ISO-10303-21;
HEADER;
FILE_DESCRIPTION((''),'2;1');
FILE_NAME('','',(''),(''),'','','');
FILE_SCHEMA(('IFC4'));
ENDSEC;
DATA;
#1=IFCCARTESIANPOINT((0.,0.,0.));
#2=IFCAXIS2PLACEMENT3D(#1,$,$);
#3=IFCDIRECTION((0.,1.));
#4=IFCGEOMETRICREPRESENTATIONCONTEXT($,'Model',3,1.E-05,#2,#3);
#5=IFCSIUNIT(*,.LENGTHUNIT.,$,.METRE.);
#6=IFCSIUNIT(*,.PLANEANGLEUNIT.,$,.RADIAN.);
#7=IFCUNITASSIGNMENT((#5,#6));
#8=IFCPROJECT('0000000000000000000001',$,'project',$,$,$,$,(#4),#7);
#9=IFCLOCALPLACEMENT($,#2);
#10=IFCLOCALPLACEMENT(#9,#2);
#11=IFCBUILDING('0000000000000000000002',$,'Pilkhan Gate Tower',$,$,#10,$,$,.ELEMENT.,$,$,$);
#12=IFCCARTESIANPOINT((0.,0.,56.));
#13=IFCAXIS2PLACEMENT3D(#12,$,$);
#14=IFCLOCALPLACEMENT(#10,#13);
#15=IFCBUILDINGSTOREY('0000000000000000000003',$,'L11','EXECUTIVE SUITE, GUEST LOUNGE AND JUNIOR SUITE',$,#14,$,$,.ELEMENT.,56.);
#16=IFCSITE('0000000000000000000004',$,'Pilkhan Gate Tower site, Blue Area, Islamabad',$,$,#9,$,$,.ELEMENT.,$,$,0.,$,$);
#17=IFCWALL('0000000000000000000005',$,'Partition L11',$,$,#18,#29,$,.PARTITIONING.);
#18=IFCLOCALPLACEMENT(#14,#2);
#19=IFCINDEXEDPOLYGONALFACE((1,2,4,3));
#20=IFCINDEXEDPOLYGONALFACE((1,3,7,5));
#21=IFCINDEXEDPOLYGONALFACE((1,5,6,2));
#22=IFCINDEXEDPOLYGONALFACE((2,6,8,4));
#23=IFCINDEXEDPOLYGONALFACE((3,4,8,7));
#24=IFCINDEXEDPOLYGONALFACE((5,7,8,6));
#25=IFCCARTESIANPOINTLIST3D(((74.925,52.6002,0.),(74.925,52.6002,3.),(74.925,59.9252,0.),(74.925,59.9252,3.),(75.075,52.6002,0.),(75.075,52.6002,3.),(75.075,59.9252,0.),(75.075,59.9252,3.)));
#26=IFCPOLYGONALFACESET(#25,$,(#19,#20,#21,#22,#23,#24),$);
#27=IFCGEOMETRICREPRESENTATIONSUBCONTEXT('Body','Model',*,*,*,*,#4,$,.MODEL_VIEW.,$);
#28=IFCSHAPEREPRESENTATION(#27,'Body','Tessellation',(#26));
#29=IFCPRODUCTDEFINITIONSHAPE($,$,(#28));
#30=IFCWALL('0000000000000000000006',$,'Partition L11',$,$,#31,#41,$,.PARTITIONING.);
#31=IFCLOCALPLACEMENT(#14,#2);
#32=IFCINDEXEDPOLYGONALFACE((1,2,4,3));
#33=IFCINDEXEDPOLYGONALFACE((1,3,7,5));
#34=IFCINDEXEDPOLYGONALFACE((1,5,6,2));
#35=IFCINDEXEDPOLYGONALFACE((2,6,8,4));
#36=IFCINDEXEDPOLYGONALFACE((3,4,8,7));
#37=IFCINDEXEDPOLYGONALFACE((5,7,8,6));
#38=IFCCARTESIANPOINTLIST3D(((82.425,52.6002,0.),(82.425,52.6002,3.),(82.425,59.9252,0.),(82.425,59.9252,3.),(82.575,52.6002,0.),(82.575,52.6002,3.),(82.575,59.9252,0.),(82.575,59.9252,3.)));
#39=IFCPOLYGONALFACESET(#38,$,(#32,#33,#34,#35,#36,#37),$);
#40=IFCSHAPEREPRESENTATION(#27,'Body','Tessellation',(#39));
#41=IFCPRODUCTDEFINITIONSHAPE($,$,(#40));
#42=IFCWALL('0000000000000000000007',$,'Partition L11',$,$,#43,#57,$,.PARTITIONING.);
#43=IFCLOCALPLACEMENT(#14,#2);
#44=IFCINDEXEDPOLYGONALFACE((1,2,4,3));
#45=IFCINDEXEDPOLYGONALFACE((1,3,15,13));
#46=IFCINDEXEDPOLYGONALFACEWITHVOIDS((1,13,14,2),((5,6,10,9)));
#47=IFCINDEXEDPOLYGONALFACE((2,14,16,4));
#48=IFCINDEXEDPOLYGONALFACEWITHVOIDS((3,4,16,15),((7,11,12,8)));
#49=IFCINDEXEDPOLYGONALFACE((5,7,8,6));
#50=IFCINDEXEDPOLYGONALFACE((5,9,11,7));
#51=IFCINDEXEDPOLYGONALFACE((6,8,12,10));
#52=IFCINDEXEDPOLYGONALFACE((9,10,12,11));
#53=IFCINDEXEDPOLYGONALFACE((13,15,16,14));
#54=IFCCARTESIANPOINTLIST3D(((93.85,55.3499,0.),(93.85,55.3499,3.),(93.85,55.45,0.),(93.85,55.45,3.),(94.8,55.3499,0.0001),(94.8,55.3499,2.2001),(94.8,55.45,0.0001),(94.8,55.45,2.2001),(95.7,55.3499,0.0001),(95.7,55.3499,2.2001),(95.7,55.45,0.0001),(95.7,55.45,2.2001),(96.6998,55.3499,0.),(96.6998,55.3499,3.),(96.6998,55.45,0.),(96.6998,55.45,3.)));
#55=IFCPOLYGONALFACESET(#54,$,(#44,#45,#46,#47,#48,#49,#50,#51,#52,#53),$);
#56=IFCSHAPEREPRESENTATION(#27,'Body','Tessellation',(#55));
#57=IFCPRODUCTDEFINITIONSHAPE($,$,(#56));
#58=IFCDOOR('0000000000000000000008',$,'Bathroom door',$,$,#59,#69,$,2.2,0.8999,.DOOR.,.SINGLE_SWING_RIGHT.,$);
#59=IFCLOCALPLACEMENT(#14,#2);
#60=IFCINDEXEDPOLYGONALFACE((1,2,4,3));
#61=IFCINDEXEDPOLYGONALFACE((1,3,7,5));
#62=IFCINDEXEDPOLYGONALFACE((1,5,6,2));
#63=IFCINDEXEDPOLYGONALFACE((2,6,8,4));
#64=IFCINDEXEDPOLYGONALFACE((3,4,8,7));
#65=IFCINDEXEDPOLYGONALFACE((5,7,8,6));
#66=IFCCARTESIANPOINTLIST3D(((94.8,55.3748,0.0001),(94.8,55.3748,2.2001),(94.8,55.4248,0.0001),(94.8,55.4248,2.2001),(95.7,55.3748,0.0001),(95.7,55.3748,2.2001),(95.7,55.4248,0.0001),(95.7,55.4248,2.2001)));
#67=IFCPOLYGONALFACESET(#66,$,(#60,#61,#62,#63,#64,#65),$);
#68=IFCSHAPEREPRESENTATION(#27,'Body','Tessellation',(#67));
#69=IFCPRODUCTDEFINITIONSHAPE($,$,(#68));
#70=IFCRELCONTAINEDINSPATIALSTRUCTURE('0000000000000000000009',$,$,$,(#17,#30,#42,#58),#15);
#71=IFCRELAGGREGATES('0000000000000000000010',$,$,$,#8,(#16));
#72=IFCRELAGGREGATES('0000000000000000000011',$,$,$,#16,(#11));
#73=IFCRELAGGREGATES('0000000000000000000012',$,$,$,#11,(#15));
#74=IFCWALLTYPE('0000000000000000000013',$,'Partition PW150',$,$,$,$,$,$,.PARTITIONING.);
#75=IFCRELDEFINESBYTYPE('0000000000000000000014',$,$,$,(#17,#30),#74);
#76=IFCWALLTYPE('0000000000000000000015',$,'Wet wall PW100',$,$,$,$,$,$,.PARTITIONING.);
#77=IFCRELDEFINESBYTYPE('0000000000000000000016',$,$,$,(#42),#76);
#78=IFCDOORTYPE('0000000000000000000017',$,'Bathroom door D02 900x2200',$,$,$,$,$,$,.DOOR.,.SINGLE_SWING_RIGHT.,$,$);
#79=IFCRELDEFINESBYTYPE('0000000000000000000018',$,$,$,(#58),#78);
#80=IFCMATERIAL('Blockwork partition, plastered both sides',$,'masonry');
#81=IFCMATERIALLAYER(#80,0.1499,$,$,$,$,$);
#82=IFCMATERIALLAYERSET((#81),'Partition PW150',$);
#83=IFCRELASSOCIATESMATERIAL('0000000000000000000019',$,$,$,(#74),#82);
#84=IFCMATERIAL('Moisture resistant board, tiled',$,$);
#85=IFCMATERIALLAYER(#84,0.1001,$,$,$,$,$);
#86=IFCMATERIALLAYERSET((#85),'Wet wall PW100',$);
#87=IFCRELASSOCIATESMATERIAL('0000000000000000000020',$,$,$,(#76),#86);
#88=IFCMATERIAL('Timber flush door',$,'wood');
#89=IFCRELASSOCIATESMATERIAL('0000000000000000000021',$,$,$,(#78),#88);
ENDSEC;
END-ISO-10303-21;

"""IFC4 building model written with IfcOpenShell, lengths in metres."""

from ifc_helpers import new_model, si_unit, direction, frame, frame_2d, origin, place, context, subcontext, project, spatial, rectangle, extrude, material, layer, layer_set, type_object, element, fill, save


model = new_model("IFC4")

# Units and contexts
model_context = context("Model", 3, precision=1e-05, world=origin(), true_north=direction((0.0, 1.0)))
body_context = subcontext(model_context, "Body", "Model", "MODEL_VIEW")
ifc_project = project(units=[si_unit("LENGTHUNIT", "METRE"), si_unit("PLANEANGLEUNIT", "RADIAN")], contexts=[model_context])

# Site, building, storey
site_placement = place(None, origin())
site = spatial("IfcSite", under=ifc_project, at=site_placement, Name="Pilkhan Gate Tower site, Blue Area, Islamabad", CompositionType="ELEMENT", RefElevation=0.0)
building_placement = place(site_placement, origin())
building = spatial("IfcBuilding", under=site, at=building_placement, Name="Pilkhan Gate Tower", CompositionType="ELEMENT")
storey_placement = place(building_placement, frame((0.0, 0.0, 56.0)))
storey = spatial("IfcBuildingStorey", under=building, at=storey_placement, Name="L11", Description="EXECUTIVE SUITE, GUEST LOUNGE AND JUNIOR SUITE", CompositionType="ELEMENT", Elevation=56.0)

# Walls
ifc_material_1 = material(Name="Blockwork partition, plastered both sides", Category="masonry")
ifc_layer_1 = layer(ifc_material_1, 0.1499)
ifc_layer_set_1 = layer_set([ifc_layer_1], Name="Partition PW150")
wall_type_1 = type_object("IfcWallType", Name="Partition PW150", PredefinedType="PARTITIONING", material=ifc_layer_set_1)
for number, where, z_axis, x_axis, name in (
    (1, (75.0, 52.6001, 0.0), (0.0, 0.0, 1.0), (0.0, 1.0, 0.0), "Partition L11"),
    (2, (82.5, 52.6001, 0.0), (0.0, 0.0, 1.0), (0.0, 1.0, 0.0), "Partition L11"),
):
    element("IfcWall", number, at=place(storey_placement, frame(where, z_axis=z_axis, x_axis=x_axis)), inside=storey, type_object=wall_type_1, Name=name, PredefinedType="PARTITIONING", context=body_context, shape_type="SweptSolid", body=[
        extrude(rectangle(XDim=7.325, YDim=0.1499, at=frame_2d((3.6626, 0.0))), origin(), (0.0, 0.0, 1.0), 3.0),
    ])

# Wall, opening, door
ifc_material_2 = material(Name="Moisture resistant board, tiled")
ifc_layer_2 = layer(ifc_material_2, 0.1001)
ifc_layer_set_2 = layer_set([ifc_layer_2], Name="Wet wall PW100")
wall_type_2 = type_object("IfcWallType", Name="Wet wall PW100", PredefinedType="PARTITIONING", material=ifc_layer_set_2)
wall_1_placement = place(storey_placement, frame((93.8501, 55.3999, 0.0), z_axis=(0.0, 0.0, 1.0), x_axis=(1.0, 0.0, 0.0)))
wall_1 = element("IfcWall", 3, at=wall_1_placement, inside=storey, type_object=wall_type_2, Name="Partition L11", PredefinedType="PARTITIONING", context=body_context, shape_type="SweptSolid", body=[
    extrude(rectangle(XDim=2.8499, YDim=0.1001, at=frame_2d((1.4248, 0.0))), origin(), (0.0, 0.0, 1.0), 3.0),
])
opening_1_placement = place(wall_1_placement, frame((0.95, 0.0, 0.0)))
opening_1 = element("IfcOpeningElement", 4, at=opening_1_placement, cuts=wall_1, PredefinedType="OPENING", context=body_context, shape_type="SweptSolid", body=[
    extrude(rectangle(XDim=0.8999, YDim=2.2, at=frame_2d((0.45, 1.1001))), frame((0.0, 0.0601, 0.0), z_axis=(0.0, -1.0, 0.0), x_axis=(1.0, 0.0, 0.0)), (0.0, 0.0, 1.0), 0.1201),
])
ifc_material_3 = material(Name="Timber flush door", Category="wood")
door_type_1 = type_object("IfcDoorType", Name="Bathroom door D02 900x2200", OperationType="SINGLE_SWING_RIGHT", PredefinedType="DOOR", material=ifc_material_3)
door_1_placement = place(opening_1_placement, origin())
door_1 = element("IfcDoor", 5, at=door_1_placement, inside=storey, type_object=door_type_1, Name="Bathroom door", OperationType="SINGLE_SWING_RIGHT", OverallHeight=2.2, OverallWidth=0.8999, PredefinedType="DOOR", context=body_context, shape_type="SweptSolid", body=[
    extrude(rectangle(XDim=0.8999, YDim=2.2, at=frame_2d((0.45, 1.1001))), frame((0.0, 0.0249, 0.0), z_axis=(0.0, -1.0, 0.0), x_axis=(1.0, 0.0, 0.0)), (0.0, 0.0, 1.0), 0.05),
])
fill(opening_1, door_1)

save(model, "model.ifc")
